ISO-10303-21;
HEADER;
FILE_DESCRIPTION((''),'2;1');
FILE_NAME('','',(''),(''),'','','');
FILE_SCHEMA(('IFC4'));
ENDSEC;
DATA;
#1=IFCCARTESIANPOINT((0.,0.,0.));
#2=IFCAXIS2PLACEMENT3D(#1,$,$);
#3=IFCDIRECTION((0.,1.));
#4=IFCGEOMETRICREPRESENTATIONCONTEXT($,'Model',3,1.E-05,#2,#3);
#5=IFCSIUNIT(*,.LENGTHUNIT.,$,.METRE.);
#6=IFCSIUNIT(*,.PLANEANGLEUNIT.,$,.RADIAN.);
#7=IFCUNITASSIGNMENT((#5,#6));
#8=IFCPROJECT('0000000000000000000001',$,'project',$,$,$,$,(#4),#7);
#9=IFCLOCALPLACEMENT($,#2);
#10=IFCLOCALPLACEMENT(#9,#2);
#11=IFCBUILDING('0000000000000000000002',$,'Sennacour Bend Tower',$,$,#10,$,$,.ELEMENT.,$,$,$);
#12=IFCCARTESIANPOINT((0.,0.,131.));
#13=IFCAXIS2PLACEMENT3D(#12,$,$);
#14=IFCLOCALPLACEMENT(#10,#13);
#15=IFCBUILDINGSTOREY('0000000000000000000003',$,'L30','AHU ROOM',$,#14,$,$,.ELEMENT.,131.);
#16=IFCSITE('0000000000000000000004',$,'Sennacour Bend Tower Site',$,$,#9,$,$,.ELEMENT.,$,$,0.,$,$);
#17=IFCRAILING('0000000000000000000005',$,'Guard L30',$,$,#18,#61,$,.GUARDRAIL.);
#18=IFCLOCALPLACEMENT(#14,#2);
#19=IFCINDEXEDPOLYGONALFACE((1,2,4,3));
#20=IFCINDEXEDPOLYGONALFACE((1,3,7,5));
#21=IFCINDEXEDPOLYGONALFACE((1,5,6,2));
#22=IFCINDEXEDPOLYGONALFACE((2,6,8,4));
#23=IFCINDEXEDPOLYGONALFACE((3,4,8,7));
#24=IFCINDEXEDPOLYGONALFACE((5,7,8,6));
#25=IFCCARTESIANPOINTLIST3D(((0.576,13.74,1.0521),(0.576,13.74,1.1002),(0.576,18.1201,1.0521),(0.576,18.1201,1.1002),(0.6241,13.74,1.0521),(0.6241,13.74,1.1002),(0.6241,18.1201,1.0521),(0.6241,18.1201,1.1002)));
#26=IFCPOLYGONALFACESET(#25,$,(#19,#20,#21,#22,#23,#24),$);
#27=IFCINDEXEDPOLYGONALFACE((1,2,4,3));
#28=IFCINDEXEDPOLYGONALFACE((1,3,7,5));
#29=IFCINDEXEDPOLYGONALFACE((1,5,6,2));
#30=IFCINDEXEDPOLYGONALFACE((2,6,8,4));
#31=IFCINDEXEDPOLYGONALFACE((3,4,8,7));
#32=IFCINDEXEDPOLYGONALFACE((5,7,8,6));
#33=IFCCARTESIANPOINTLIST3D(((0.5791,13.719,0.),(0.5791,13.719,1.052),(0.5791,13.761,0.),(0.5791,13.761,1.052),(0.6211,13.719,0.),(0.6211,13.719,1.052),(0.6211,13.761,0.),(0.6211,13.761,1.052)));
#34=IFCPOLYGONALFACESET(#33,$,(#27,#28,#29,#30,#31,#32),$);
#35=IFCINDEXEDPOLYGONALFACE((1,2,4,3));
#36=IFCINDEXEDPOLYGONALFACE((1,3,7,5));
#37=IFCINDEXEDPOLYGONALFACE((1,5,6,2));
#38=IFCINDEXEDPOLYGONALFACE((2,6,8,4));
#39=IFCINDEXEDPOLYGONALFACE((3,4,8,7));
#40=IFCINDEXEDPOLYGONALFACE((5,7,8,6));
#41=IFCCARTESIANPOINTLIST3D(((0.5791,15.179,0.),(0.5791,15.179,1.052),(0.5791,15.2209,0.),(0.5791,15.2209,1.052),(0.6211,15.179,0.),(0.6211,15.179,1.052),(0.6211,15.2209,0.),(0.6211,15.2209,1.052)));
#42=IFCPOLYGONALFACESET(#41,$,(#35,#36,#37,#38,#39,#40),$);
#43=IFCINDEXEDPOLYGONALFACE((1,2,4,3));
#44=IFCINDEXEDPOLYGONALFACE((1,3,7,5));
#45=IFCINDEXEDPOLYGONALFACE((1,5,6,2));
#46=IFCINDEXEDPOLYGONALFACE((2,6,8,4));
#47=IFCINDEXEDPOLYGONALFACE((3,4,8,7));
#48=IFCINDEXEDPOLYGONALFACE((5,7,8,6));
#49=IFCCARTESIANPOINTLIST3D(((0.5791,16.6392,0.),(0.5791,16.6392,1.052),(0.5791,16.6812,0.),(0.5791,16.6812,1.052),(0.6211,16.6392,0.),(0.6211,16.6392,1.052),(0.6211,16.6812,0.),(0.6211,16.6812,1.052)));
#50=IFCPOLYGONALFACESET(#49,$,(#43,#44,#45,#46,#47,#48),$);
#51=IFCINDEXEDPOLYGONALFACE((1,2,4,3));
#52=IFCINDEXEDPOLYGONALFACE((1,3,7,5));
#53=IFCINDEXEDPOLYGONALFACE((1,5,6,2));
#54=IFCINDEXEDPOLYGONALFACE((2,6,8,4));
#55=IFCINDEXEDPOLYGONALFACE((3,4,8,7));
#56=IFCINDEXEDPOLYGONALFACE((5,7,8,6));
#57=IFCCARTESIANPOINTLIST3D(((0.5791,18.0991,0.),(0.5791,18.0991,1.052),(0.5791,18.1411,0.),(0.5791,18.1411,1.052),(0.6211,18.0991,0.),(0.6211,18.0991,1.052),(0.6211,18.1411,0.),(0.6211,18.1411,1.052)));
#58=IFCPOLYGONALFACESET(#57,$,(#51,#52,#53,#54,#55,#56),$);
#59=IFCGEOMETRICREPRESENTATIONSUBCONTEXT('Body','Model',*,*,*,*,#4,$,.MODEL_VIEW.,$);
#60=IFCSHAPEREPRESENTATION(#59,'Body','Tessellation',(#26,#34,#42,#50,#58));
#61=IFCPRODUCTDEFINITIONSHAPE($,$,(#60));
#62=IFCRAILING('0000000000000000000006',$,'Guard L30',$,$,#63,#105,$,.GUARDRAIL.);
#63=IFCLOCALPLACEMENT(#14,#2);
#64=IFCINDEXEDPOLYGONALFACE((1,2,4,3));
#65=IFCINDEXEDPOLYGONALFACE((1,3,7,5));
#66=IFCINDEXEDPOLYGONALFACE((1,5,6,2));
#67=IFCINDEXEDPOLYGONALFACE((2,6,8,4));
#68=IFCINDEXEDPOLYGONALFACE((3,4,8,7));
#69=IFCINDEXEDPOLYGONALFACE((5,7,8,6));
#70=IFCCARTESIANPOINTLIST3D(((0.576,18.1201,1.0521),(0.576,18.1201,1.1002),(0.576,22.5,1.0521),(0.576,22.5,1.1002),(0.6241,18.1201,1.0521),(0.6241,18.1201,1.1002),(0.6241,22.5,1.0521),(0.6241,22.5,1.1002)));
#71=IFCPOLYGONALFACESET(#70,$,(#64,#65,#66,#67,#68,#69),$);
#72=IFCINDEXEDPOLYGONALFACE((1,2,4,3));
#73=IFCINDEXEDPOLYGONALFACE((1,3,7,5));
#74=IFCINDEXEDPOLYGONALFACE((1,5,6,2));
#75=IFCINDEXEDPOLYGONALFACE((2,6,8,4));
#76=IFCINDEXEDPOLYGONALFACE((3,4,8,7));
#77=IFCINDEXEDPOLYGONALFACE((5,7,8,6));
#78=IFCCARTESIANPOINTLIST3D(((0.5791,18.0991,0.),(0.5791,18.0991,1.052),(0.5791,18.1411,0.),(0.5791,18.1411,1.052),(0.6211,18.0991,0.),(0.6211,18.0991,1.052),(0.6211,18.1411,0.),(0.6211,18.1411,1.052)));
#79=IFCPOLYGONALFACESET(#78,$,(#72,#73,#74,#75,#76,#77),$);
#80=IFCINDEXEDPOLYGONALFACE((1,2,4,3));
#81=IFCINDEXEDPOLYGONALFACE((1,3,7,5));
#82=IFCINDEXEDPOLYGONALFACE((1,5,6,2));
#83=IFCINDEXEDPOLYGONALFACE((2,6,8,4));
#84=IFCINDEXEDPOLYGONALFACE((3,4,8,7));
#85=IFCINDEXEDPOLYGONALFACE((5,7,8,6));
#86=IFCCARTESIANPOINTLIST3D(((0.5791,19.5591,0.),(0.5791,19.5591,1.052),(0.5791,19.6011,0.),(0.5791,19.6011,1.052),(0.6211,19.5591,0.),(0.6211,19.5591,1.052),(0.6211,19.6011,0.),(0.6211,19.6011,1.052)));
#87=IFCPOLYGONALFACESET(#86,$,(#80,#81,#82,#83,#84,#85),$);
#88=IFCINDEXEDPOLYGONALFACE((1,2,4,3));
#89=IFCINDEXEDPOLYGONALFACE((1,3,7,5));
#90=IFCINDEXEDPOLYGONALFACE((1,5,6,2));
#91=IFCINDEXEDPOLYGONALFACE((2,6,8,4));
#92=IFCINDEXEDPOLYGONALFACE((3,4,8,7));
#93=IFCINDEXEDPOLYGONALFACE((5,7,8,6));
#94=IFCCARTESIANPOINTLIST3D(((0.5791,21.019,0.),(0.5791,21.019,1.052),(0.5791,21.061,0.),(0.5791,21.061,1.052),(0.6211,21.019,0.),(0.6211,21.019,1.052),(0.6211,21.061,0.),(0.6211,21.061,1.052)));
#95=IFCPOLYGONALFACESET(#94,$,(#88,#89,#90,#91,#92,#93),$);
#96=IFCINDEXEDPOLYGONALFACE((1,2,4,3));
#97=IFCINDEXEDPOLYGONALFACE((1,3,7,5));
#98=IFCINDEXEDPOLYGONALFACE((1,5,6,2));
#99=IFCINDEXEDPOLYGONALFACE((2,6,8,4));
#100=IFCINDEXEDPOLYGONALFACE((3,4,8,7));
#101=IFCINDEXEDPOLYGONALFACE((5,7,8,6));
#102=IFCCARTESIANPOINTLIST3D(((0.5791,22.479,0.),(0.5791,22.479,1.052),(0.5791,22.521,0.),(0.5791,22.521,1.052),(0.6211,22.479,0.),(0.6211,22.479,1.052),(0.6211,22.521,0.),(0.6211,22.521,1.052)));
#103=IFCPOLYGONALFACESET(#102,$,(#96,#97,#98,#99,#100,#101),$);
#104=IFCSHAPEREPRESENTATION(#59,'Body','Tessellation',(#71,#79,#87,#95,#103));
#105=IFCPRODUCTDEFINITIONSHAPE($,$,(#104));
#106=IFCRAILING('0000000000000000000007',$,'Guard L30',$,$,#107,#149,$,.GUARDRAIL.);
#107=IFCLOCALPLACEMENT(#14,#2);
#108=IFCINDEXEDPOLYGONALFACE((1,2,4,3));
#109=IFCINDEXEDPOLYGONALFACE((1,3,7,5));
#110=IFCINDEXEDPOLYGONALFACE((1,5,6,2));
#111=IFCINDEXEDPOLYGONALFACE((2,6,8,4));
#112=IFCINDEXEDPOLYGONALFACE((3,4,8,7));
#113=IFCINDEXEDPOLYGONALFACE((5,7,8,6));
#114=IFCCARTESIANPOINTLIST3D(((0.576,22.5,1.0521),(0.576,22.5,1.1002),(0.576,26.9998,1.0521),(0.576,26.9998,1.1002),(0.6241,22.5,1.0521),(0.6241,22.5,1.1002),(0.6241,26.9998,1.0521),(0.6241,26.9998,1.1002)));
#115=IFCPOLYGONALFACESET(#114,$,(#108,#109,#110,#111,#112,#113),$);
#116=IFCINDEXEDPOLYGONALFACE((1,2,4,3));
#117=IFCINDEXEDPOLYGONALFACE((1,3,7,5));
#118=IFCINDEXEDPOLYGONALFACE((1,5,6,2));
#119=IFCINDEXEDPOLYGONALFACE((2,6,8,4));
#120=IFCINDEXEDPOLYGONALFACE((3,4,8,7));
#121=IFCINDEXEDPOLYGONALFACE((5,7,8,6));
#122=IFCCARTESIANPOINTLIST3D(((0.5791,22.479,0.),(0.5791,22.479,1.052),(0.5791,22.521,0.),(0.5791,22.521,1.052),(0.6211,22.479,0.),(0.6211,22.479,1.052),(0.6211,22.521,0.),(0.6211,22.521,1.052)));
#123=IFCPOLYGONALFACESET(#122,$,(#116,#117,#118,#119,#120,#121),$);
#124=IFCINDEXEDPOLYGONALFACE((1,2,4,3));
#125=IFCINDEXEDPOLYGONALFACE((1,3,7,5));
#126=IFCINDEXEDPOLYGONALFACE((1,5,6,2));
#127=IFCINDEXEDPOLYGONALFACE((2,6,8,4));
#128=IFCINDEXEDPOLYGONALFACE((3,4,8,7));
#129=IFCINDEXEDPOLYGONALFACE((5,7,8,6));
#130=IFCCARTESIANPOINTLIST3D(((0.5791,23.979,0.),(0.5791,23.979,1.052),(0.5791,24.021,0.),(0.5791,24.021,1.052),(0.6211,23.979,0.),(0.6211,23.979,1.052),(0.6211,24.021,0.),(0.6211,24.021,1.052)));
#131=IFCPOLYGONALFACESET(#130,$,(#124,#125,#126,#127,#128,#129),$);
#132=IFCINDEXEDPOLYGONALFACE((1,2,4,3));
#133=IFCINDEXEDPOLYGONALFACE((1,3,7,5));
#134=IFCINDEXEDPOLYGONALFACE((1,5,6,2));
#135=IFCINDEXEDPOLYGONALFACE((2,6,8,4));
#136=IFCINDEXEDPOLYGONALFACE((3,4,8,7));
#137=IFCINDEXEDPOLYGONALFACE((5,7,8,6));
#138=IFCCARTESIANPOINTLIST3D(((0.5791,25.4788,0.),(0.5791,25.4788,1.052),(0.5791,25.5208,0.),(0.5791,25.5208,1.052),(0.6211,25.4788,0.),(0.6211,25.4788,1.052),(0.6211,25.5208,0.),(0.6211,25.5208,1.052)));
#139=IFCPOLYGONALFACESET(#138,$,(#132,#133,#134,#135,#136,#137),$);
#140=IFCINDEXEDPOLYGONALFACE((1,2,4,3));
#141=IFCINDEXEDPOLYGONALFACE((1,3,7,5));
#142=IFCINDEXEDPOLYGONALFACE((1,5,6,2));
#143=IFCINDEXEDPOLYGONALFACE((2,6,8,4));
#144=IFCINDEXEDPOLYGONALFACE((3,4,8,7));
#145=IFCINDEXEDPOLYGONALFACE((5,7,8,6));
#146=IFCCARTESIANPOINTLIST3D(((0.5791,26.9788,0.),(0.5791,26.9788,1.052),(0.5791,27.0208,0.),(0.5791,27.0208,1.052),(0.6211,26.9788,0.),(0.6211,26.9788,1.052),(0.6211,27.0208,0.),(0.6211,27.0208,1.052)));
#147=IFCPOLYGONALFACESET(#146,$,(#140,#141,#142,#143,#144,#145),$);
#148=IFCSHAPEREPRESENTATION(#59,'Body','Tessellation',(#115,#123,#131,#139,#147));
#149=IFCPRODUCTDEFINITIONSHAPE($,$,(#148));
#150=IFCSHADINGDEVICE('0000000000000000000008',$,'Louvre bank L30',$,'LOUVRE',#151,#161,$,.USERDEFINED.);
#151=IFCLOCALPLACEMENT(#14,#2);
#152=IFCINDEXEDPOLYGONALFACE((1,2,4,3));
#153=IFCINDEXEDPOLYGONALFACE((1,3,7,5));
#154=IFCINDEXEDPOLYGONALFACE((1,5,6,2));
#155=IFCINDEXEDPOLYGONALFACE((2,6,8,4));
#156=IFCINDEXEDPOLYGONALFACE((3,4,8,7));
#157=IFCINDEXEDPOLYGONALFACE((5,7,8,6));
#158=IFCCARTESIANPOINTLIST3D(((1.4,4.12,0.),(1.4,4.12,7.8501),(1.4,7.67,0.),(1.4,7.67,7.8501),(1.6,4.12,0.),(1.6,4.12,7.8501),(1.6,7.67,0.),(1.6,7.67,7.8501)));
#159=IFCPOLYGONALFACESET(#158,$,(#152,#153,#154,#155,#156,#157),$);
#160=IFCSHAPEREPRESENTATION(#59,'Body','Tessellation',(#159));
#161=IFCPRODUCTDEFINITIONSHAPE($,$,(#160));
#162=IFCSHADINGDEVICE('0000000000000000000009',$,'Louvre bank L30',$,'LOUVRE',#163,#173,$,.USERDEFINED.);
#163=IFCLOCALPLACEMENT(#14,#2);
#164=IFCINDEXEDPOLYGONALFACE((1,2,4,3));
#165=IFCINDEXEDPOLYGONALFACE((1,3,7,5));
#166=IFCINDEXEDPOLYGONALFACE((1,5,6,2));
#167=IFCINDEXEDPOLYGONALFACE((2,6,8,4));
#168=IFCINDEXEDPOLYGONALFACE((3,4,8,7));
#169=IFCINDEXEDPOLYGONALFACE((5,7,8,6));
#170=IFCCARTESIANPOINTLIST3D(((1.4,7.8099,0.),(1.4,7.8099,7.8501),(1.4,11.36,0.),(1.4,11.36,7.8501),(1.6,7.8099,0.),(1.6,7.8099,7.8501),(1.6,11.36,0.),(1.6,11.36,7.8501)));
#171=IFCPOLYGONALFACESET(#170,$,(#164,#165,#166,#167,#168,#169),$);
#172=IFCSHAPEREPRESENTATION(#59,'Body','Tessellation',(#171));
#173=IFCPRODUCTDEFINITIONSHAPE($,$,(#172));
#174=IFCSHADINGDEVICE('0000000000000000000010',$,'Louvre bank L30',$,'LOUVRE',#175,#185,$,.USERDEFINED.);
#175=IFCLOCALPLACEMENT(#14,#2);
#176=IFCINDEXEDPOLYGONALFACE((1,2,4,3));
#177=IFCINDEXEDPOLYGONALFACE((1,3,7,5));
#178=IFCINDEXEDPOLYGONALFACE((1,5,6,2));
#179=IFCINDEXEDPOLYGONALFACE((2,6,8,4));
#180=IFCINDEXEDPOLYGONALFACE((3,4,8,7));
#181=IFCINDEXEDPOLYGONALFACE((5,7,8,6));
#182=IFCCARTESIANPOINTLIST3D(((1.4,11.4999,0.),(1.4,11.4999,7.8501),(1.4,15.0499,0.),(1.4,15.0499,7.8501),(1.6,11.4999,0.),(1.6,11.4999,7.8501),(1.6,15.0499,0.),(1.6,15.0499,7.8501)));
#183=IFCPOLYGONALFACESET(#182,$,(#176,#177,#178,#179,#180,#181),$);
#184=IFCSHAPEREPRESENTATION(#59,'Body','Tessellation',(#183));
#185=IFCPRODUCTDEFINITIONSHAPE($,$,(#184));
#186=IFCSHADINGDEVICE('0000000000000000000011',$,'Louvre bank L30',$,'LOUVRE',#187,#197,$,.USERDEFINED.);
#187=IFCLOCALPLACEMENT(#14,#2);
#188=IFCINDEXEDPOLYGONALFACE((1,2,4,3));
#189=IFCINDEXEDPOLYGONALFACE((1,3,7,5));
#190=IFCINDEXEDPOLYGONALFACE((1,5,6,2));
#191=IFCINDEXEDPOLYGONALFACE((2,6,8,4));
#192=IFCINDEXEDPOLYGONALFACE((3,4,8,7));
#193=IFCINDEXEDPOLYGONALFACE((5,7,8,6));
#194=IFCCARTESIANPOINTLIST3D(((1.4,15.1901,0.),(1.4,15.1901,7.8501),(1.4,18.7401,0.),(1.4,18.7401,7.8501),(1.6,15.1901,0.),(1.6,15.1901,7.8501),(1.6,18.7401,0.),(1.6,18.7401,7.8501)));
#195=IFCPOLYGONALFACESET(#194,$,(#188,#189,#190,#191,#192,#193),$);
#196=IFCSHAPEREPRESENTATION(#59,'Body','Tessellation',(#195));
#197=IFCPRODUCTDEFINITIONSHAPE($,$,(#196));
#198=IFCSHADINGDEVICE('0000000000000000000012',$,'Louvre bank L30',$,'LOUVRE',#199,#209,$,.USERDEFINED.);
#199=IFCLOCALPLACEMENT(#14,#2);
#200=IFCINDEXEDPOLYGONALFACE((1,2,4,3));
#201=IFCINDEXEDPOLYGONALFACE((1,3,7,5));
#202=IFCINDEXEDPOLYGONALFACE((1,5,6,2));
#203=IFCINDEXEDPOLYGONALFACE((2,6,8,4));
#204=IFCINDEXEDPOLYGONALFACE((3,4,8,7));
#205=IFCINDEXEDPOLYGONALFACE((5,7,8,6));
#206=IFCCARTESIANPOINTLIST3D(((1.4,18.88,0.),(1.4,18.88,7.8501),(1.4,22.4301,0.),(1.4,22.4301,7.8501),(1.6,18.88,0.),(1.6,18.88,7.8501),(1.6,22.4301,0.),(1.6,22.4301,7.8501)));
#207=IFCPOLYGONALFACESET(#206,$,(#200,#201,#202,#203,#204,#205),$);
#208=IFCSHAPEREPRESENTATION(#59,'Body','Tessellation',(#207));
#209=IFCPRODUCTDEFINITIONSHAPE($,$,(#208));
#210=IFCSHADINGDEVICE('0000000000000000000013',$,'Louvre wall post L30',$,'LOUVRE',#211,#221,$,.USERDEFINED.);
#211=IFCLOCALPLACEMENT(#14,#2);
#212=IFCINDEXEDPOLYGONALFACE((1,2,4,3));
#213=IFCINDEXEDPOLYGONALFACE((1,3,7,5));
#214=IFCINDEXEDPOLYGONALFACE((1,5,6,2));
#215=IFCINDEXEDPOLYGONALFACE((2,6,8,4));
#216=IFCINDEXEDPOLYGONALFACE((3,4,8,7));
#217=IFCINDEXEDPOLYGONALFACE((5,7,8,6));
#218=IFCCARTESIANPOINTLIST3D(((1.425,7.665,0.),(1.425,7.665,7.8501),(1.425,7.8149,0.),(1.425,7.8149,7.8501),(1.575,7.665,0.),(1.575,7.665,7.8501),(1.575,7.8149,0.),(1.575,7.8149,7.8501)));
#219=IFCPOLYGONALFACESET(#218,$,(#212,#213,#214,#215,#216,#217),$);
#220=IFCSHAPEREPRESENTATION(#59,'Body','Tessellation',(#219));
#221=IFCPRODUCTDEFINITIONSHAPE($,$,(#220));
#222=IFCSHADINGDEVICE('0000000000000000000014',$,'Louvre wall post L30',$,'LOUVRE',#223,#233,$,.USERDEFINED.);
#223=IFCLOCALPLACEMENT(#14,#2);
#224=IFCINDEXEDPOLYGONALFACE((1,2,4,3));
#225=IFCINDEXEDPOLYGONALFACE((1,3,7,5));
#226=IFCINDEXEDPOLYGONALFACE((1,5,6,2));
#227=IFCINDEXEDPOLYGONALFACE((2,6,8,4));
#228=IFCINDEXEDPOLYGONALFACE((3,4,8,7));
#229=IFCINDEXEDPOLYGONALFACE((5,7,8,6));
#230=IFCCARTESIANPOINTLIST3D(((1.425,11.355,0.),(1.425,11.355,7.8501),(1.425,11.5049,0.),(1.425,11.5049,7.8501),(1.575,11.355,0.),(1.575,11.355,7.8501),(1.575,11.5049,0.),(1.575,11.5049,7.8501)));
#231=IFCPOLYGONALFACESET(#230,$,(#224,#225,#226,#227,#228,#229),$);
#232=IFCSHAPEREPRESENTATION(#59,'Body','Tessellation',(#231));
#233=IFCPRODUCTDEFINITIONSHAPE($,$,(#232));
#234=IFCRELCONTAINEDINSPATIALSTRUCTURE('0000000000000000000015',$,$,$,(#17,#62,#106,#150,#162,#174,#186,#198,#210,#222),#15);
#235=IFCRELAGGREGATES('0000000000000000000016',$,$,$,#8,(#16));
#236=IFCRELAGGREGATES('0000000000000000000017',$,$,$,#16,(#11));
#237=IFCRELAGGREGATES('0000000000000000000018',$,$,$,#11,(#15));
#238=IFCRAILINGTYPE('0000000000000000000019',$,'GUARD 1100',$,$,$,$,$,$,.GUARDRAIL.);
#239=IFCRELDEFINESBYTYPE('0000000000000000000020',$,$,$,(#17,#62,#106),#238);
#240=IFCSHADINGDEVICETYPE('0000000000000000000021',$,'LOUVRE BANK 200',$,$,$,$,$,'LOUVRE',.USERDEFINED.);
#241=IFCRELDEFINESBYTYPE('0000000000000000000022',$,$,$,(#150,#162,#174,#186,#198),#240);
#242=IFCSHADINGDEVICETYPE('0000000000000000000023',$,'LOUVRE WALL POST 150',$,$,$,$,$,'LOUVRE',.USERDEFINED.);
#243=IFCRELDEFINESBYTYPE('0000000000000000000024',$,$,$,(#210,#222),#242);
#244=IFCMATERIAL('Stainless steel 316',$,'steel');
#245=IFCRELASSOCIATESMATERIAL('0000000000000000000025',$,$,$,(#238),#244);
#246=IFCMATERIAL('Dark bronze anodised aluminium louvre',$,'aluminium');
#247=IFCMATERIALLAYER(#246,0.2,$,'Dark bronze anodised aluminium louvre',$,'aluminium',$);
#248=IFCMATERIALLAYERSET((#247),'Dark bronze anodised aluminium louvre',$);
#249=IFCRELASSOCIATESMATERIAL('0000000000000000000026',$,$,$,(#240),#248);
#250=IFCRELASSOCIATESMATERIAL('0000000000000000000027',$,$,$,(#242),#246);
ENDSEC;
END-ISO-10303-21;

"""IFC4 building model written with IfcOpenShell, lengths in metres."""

from ifc_helpers import new_model, si_unit, direction, frame, origin, origin_2d, place, context, subcontext, project, spatial, rectangle, extrude, material, layer, layer_set, type_object, element, save


model = new_model("IFC4")

# Units and contexts
model_context = context("Model", 3, precision=1e-05, world=origin(), true_north=direction((0.0, 1.0)))
body_context = subcontext(model_context, "Body", "Model", "MODEL_VIEW")
ifc_project = project(units=[si_unit("LENGTHUNIT", "METRE"), si_unit("PLANEANGLEUNIT", "RADIAN")], contexts=[model_context])

# Site, building, storey
site_placement = place(None, origin())
site = spatial("IfcSite", under=ifc_project, at=site_placement, Name="Sennacour Bend Tower Site", CompositionType="ELEMENT", RefElevation=0.0)
building_placement = place(site_placement, origin())
building = spatial("IfcBuilding", under=site, at=building_placement, Name="Sennacour Bend Tower", CompositionType="ELEMENT")
storey_placement = place(building_placement, frame((0.0, 0.0, 131.0)))
storey = spatial("IfcBuildingStorey", under=building, at=storey_placement, Name="L30", Description="AHU ROOM", CompositionType="ELEMENT", Elevation=131.0)

# Railings
ifc_material_1 = material(Name="Stainless steel 316", Category="steel")
railing_type = type_object("IfcRailingType", Name="GUARD 1100", PredefinedType="GUARDRAIL", material=ifc_material_1)
railing_1_placement = place(storey_placement, frame((0.6001, 13.74, 0.0)))
element("IfcRailing", 1, at=railing_1_placement, inside=storey, type_object=railing_type, Name="Guard L30", PredefinedType="GUARDRAIL", context=body_context, shape_type="SweptSolid", body=[
    extrude(rectangle(XDim=0.0481, YDim=0.0481, at=origin_2d()), frame((0.0, 0.0, 1.0762), z_axis=(0.0, 1.0, 0.0), x_axis=(-1.0, 0.0, 0.0)), (0.0, 0.0, 1.0), 4.3801),
    extrude(rectangle(XDim=0.042, YDim=0.042, at=origin_2d()), origin(), (0.0, 0.0, 1.0), 1.052),
    extrude(rectangle(XDim=0.042, YDim=0.042, at=origin_2d()), frame((0.0, 1.46, 0.0)), (0.0, 0.0, 1.0), 1.052),
    extrude(rectangle(XDim=0.042, YDim=0.042, at=origin_2d()), frame((0.0, 2.9202, 0.0)), (0.0, 0.0, 1.0), 1.052),
    extrude(rectangle(XDim=0.042, YDim=0.042, at=origin_2d()), frame((0.0, 4.3801, 0.0)), (0.0, 0.0, 1.0), 1.052),
])
railing_2_placement = place(storey_placement, frame((0.6001, 18.1201, 0.0)))
element("IfcRailing", 2, at=railing_2_placement, inside=storey, type_object=railing_type, Name="Guard L30", PredefinedType="GUARDRAIL", context=body_context, shape_type="SweptSolid", body=[
    extrude(rectangle(XDim=0.0481, YDim=0.0481, at=origin_2d()), frame((0.0, 0.0, 1.0762), z_axis=(0.0, 1.0, 0.0), x_axis=(-1.0, 0.0, 0.0)), (0.0, 0.0, 1.0), 4.3799),
    extrude(rectangle(XDim=0.042, YDim=0.042, at=origin_2d()), origin(), (0.0, 0.0, 1.0), 1.052),
    extrude(rectangle(XDim=0.042, YDim=0.042, at=origin_2d()), frame((0.0, 1.46, 0.0)), (0.0, 0.0, 1.0), 1.052),
    extrude(rectangle(XDim=0.042, YDim=0.042, at=origin_2d()), frame((0.0, 2.9199, 0.0)), (0.0, 0.0, 1.0), 1.052),
    extrude(rectangle(XDim=0.042, YDim=0.042, at=origin_2d()), frame((0.0, 4.3799, 0.0)), (0.0, 0.0, 1.0), 1.052),
])
railing_3_placement = place(storey_placement, frame((0.6001, 22.5, 0.0)))
element("IfcRailing", 3, at=railing_3_placement, inside=storey, type_object=railing_type, Name="Guard L30", PredefinedType="GUARDRAIL", context=body_context, shape_type="SweptSolid", body=[
    extrude(rectangle(XDim=0.0481, YDim=0.0481, at=origin_2d()), frame((0.0, 0.0, 1.0762), z_axis=(0.0, 1.0, 0.0), x_axis=(-1.0, 0.0, 0.0)), (0.0, 0.0, 1.0), 4.4998),
    extrude(rectangle(XDim=0.042, YDim=0.042, at=origin_2d()), origin(), (0.0, 0.0, 1.0), 1.052),
    extrude(rectangle(XDim=0.042, YDim=0.042, at=origin_2d()), frame((0.0, 1.5, 0.0)), (0.0, 0.0, 1.0), 1.052),
    extrude(rectangle(XDim=0.042, YDim=0.042, at=origin_2d()), frame((0.0, 2.9998, 0.0)), (0.0, 0.0, 1.0), 1.052),
    extrude(rectangle(XDim=0.042, YDim=0.042, at=origin_2d()), frame((0.0, 4.4998, 0.0)), (0.0, 0.0, 1.0), 1.052),
])

# Shading devices
ifc_material_2 = material(Name="Dark bronze anodised aluminium louvre", Category="aluminium")
ifc_layer_1 = layer(ifc_material_2, 0.2, Name="Dark bronze anodised aluminium louvre", Category="aluminium")
ifc_layer_set_1 = layer_set([ifc_layer_1], Name="Dark bronze anodised aluminium louvre")
shading_device_type_1 = type_object("IfcShadingDeviceType", Name="LOUVRE BANK 200", ElementType="LOUVRE", PredefinedType="USERDEFINED", material=ifc_layer_set_1)
for number, where, z_axis, x_axis, name in (
    (4, (1.5, 5.895, 0.0), (0.0, 0.0, 1.0), (0.0, 1.0, 0.0), "Louvre bank L30"),
    (5, (1.5, 9.585, 0.0), (0.0, 0.0, 1.0), (0.0, 1.0, 0.0), "Louvre bank L30"),
    (6, (1.5, 13.2749, 0.0), (0.0, 0.0, 1.0), (0.0, 1.0, 0.0), "Louvre bank L30"),
    (7, (1.5, 16.9651, 0.0), (0.0, 0.0, 1.0), (0.0, 1.0, 0.0), "Louvre bank L30"),
    (8, (1.5, 20.655, 0.0), (0.0, 0.0, 1.0), (0.0, 1.0, 0.0), "Louvre bank L30"),
):
    element("IfcShadingDevice", number, at=place(storey_placement, frame(where, z_axis=z_axis, x_axis=x_axis)), inside=storey, type_object=shading_device_type_1, Name=name, ObjectType="LOUVRE", PredefinedType="USERDEFINED", context=body_context, shape_type="SweptSolid", body=[
        extrude(rectangle(XDim=3.55, YDim=0.2, at=origin_2d()), origin(), (0.0, 0.0, 1.0), 7.8501),
    ])
shading_device_type_2 = type_object("IfcShadingDeviceType", Name="LOUVRE WALL POST 150", ElementType="LOUVRE", PredefinedType="USERDEFINED", material=ifc_material_2)
for number, where, z_axis, x_axis, name in (
    (9, (1.5, 7.74, 0.0), (0.0, 0.0, 1.0), (1.0, 0.0, 0.0), "Louvre wall post L30"),
    (10, (1.5, 11.4299, 0.0), (0.0, 0.0, 1.0), (1.0, 0.0, 0.0), "Louvre wall post L30"),
):
    element("IfcShadingDevice", number, at=place(storey_placement, frame(where, z_axis=z_axis, x_axis=x_axis)), inside=storey, type_object=shading_device_type_2, Name=name, ObjectType="LOUVRE", PredefinedType="USERDEFINED", context=body_context, shape_type="SweptSolid", body=[
        extrude(rectangle(XDim=0.1499, YDim=0.1499, at=origin_2d()), origin(), (0.0, 0.0, 1.0), 7.8501),
    ])

save(model, "model.ifc")
